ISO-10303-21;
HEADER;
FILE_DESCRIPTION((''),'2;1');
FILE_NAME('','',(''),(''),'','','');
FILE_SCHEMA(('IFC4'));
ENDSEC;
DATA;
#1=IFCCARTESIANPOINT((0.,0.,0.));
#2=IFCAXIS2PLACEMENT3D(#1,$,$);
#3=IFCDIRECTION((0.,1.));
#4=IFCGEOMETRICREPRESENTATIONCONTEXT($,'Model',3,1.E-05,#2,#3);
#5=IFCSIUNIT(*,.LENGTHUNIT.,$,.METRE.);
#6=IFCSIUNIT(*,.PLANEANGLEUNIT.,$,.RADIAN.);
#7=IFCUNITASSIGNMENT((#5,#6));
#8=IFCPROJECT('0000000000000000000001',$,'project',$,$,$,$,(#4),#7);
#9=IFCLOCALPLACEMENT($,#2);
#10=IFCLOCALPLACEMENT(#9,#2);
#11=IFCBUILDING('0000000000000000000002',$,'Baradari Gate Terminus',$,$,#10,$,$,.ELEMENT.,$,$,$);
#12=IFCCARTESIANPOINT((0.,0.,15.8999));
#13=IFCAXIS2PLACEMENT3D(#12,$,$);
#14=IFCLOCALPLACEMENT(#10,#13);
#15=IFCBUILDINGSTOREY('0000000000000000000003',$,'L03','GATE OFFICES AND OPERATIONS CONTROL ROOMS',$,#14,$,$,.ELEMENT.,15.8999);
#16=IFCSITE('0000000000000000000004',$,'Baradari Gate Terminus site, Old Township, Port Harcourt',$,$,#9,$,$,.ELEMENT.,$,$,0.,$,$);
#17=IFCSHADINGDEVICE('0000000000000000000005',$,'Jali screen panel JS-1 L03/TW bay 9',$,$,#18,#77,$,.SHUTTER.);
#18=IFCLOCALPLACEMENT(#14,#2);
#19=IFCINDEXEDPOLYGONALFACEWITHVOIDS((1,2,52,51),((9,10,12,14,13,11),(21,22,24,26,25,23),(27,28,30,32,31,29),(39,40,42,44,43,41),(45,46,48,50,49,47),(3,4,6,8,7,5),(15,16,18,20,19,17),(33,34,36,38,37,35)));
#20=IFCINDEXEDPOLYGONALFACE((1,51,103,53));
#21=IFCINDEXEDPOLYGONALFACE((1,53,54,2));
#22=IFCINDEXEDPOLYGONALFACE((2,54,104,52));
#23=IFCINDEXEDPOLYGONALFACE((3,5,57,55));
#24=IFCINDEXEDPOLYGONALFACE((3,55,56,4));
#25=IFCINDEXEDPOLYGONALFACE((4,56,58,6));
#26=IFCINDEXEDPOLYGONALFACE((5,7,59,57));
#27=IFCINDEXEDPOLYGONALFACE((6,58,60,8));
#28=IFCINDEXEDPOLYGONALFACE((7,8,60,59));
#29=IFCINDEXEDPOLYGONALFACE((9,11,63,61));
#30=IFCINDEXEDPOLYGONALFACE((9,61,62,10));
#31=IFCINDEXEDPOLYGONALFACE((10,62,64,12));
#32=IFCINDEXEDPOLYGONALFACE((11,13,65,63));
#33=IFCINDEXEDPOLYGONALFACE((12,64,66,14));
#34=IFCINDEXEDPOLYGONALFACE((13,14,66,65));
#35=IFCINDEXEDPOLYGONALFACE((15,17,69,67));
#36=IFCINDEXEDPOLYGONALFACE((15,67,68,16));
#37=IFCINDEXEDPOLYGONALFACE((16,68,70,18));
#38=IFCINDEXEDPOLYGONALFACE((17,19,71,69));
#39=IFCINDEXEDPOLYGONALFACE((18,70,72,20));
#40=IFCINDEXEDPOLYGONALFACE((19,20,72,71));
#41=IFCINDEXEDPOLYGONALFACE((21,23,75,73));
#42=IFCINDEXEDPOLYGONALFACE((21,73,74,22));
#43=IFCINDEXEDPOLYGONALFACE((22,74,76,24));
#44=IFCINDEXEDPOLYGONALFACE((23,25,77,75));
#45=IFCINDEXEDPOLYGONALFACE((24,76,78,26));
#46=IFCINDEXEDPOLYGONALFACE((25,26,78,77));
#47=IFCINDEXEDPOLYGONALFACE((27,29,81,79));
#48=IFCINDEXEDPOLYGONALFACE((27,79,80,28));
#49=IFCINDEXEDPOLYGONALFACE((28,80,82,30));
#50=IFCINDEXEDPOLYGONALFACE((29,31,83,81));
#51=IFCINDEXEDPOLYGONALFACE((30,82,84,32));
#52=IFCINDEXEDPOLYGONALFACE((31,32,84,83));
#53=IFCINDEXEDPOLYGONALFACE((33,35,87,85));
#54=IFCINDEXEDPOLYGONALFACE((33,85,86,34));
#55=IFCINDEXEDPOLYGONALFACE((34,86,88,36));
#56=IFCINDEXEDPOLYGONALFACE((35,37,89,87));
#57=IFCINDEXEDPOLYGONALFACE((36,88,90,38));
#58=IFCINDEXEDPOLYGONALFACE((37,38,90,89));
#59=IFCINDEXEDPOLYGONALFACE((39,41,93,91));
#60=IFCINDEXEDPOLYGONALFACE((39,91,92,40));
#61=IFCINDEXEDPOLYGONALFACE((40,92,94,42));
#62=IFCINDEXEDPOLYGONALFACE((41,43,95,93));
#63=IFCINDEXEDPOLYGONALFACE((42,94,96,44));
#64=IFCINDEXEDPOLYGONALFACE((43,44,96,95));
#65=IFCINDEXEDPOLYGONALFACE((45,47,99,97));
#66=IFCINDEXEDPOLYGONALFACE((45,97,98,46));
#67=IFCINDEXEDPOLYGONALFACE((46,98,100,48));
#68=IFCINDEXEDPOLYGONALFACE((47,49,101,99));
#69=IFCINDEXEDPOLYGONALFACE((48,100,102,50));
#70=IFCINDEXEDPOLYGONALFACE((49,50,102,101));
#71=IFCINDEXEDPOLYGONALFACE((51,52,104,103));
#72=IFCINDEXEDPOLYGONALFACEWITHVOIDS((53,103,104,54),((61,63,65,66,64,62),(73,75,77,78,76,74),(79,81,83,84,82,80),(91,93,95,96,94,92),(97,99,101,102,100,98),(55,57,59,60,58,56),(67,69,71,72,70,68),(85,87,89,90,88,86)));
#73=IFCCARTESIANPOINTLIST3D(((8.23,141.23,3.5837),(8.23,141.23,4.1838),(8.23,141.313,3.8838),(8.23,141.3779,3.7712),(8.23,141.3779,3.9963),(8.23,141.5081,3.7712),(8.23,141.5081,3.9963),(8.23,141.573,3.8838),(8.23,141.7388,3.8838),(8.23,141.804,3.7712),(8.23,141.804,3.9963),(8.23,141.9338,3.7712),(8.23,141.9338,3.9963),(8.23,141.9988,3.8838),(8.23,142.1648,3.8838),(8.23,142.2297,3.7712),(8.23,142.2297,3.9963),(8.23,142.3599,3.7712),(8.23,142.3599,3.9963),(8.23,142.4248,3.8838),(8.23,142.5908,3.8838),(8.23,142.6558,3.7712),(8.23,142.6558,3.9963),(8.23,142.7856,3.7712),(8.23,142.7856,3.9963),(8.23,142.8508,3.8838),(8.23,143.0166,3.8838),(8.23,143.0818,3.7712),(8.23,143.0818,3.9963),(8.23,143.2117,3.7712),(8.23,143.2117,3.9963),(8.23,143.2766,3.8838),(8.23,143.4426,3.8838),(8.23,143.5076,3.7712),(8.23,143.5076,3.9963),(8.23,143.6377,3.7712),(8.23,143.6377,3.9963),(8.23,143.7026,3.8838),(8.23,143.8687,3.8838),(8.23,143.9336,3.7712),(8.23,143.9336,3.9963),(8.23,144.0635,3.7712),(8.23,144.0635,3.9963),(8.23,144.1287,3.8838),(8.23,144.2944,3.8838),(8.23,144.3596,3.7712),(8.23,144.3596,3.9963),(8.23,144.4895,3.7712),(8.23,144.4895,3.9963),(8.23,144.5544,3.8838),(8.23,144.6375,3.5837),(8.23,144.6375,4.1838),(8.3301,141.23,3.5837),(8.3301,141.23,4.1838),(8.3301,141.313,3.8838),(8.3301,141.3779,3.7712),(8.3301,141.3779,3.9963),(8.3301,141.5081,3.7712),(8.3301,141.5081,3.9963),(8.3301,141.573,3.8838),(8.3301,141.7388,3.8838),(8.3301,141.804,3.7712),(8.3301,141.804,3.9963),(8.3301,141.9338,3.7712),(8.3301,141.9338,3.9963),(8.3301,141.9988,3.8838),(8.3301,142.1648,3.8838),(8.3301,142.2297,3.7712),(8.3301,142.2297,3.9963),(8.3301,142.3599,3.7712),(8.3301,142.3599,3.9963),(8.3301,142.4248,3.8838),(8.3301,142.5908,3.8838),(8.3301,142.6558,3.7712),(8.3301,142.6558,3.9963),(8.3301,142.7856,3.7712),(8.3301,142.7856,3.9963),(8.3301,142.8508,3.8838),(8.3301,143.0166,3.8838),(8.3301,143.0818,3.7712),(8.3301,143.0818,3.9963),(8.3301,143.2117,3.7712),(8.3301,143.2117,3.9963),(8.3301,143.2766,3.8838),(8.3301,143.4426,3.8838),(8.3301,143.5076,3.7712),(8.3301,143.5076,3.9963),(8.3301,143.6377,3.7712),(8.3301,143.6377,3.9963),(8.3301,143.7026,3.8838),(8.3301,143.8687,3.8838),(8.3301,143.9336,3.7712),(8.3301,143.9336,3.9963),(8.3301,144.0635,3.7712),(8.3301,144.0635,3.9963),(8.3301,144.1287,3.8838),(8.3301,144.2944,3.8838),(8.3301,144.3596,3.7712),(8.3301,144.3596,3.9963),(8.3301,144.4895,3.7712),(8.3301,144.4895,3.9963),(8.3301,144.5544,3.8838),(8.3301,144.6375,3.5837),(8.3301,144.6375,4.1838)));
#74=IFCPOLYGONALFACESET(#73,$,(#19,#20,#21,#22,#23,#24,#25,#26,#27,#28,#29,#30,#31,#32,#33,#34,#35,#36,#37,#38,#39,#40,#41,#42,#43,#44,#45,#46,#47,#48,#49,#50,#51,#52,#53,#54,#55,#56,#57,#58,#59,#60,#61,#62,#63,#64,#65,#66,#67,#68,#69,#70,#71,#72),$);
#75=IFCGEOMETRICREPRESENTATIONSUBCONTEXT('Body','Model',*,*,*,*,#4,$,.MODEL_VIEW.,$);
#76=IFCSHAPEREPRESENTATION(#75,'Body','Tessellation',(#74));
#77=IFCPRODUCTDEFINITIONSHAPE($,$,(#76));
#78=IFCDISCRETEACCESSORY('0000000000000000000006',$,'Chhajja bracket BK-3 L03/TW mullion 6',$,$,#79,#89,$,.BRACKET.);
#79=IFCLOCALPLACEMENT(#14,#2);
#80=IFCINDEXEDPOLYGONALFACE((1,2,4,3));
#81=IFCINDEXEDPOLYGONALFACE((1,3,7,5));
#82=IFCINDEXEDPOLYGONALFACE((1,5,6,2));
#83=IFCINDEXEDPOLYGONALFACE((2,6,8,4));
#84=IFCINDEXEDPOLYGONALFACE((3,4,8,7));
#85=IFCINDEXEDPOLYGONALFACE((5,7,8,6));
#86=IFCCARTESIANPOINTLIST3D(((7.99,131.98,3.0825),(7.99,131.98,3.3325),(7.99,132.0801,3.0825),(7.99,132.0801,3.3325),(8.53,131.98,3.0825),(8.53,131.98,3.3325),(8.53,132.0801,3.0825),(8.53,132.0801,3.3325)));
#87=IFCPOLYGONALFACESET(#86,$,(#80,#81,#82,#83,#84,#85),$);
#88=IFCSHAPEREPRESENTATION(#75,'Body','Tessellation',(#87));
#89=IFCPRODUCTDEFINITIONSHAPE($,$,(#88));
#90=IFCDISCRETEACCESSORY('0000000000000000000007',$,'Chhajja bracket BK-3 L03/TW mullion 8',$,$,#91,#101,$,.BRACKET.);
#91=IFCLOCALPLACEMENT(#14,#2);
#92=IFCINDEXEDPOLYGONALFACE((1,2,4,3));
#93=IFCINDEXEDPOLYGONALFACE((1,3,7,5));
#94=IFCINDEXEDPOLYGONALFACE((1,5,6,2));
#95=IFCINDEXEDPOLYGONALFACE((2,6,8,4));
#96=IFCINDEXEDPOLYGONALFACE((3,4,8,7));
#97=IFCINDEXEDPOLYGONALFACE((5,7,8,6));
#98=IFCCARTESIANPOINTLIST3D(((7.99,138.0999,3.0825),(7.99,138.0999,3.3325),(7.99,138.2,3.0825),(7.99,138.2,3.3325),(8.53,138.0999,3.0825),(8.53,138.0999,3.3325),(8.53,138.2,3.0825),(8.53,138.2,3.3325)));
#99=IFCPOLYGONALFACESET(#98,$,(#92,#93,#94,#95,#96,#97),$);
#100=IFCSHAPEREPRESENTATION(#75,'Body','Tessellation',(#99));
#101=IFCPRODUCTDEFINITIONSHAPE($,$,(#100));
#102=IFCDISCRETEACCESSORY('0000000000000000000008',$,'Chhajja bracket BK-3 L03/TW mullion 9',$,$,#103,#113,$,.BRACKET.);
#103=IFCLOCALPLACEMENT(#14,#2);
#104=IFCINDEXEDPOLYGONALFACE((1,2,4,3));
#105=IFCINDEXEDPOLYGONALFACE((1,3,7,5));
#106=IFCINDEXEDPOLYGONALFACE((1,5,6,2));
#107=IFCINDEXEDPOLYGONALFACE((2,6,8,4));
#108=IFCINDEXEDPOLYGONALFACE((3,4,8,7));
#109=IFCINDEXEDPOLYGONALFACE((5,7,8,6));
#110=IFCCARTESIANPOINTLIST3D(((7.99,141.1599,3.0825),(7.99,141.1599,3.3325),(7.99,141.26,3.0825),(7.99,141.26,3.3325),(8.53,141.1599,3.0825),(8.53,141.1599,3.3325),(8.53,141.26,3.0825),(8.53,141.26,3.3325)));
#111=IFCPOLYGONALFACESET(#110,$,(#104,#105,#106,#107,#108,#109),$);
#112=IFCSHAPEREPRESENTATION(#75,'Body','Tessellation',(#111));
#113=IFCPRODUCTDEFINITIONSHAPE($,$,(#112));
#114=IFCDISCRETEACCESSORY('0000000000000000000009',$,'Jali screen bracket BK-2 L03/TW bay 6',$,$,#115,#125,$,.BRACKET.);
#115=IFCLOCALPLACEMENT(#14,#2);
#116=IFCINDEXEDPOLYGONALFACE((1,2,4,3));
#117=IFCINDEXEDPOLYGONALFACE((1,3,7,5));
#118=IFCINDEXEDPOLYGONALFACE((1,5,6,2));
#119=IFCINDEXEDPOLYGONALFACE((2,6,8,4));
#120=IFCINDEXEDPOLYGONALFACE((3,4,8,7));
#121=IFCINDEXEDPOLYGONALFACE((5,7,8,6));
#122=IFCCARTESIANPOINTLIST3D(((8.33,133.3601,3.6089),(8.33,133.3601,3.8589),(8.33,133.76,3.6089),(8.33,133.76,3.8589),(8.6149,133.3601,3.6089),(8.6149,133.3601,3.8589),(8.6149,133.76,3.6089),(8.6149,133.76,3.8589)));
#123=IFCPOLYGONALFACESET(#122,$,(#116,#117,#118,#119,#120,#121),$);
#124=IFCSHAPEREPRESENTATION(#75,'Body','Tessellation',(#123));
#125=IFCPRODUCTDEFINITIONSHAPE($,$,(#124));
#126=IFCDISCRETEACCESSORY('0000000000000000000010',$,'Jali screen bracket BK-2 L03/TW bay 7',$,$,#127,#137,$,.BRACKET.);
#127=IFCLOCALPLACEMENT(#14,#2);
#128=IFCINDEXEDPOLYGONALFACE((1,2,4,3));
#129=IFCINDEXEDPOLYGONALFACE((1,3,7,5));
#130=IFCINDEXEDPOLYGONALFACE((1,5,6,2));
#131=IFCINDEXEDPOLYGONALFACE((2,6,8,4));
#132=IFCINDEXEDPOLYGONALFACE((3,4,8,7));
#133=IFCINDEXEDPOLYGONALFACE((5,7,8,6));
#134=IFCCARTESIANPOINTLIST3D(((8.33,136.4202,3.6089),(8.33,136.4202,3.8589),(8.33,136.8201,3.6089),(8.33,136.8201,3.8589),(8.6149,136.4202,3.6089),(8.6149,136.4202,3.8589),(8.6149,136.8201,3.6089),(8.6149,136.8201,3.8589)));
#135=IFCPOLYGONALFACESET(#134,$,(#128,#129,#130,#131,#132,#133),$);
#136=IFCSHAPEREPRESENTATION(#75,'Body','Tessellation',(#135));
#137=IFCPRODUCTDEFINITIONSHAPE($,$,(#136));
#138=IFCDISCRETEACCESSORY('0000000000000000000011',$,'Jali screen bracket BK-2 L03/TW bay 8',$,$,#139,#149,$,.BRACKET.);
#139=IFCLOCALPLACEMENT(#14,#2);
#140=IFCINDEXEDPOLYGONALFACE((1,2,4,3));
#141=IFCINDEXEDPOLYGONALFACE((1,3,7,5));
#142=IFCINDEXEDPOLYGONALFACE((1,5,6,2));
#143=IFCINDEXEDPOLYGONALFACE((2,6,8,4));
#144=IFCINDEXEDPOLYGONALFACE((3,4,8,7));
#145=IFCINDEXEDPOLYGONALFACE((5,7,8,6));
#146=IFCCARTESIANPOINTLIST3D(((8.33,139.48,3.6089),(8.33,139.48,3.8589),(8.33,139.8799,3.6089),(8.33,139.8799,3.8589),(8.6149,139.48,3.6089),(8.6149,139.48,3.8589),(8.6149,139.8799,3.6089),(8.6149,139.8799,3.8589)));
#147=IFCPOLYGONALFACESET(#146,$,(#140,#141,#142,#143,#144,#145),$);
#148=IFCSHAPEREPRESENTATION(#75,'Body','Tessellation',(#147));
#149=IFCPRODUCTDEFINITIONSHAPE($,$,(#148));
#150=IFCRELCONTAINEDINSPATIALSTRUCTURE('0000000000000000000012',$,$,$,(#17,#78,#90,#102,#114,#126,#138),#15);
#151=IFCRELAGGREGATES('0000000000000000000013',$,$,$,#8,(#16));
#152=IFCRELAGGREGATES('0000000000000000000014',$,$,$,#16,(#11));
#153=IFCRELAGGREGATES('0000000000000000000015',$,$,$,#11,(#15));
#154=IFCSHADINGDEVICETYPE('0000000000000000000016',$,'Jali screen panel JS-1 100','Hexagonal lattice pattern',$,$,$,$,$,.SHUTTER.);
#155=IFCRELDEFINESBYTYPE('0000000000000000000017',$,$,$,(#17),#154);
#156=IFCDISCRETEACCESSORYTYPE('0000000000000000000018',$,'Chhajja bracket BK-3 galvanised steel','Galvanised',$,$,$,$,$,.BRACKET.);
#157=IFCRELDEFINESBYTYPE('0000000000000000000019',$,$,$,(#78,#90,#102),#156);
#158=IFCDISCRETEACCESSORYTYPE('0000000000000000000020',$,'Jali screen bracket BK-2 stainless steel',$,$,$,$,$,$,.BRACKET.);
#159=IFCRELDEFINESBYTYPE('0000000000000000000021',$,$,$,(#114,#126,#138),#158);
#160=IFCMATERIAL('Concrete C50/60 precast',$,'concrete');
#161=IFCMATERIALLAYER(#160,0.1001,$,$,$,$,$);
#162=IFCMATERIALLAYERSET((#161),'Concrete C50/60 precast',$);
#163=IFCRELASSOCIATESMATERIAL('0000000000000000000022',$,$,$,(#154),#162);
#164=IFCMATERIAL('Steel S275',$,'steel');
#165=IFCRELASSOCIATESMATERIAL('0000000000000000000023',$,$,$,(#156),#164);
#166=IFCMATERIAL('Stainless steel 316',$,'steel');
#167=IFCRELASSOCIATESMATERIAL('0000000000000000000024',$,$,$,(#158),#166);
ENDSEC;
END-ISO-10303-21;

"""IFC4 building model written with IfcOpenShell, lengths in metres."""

from ifc_helpers import new_model, si_unit, direction, frame, origin, origin_2d, place, context, subcontext, project, spatial, polyline, rectangle, outline, extrude, material, layer, layer_set, type_object, element, save


model = new_model("IFC4")

# Units and contexts
model_context = context("Model", 3, precision=1e-05, world=origin(), true_north=direction((0.0, 1.0)))
body_context = subcontext(model_context, "Body", "Model", "MODEL_VIEW")
ifc_project = project(units=[si_unit("LENGTHUNIT", "METRE"), si_unit("PLANEANGLEUNIT", "RADIAN")], contexts=[model_context])

# Site, building, storey
site_placement = place(None, origin())
site = spatial("IfcSite", under=ifc_project, at=site_placement, Name="Baradari Gate Terminus site, Old Township, Port Harcourt", CompositionType="ELEMENT", RefElevation=0.0)
building_placement = place(site_placement, origin())
building = spatial("IfcBuilding", under=site, at=building_placement, Name="Baradari Gate Terminus", CompositionType="ELEMENT")
storey_placement = place(building_placement, frame((0.0, 0.0, 15.8999)))
storey = spatial("IfcBuildingStorey", under=building, at=storey_placement, Name="L03", Description="GATE OFFICES AND OPERATIONS CONTROL ROOMS", CompositionType="ELEMENT", Elevation=15.8999)

# Shading device
ifc_material_1 = material(Name="Concrete C50/60 precast", Category="concrete")
ifc_layer_1 = layer(ifc_material_1, 0.1001)
ifc_layer_set_1 = layer_set([ifc_layer_1], Name="Concrete C50/60 precast")
shading_device_type_1 = type_object("IfcShadingDeviceType", Name="Jali screen panel JS-1 100", Description="Hexagonal lattice pattern", PredefinedType="SHUTTER", material=ifc_layer_set_1)
shading_device_1_placement = place(storey_placement, frame((8.28, 141.23, 3.5837), z_axis=(0.0, 0.0, 1.0), x_axis=(0.0, 1.0, 0.0)))
element("IfcShadingDevice", 1, at=shading_device_1_placement, inside=storey, type_object=shading_device_type_1, Name="Jali screen panel JS-1 L03/TW bay 9", PredefinedType="SHUTTER", context=body_context, shape_type="SweptSolid", body=[
    extrude(outline(polyline([(0.0, 0.0), (3.4075, 0.0), (3.4075, 0.6001), (0.0, 0.6001), (0.0, 0.0)]), holes=[polyline([(0.343, 0.3), (0.2781, 0.1875), (0.1479, 0.1875), (0.083, 0.3), (0.1479, 0.4126), (0.2781, 0.4126), (0.343, 0.3)]), polyline([(0.7688, 0.3), (0.7039, 0.1875), (0.574, 0.1875), (0.5088, 0.3), (0.574, 0.4126), (0.7039, 0.4126), (0.7688, 0.3)]), polyline([(1.1948, 0.3), (1.1299, 0.1875), (0.9998, 0.1875), (0.9348, 0.3), (0.9998, 0.4126), (1.1299, 0.4126), (1.1948, 0.3)]), polyline([(1.6208, 0.3), (1.5557, 0.1875), (1.4258, 0.1875), (1.3608, 0.3), (1.4258, 0.4126), (1.5557, 0.4126), (1.6208, 0.3)]), polyline([(2.0466, 0.3), (1.9817, 0.1875), (1.8518, 0.1875), (1.7866, 0.3), (1.8518, 0.4126), (1.9817, 0.4126), (2.0466, 0.3)]), polyline([(2.4727, 0.3), (2.4077, 0.1875), (2.2776, 0.1875), (2.2126, 0.3), (2.2776, 0.4126), (2.4077, 0.4126), (2.4727, 0.3)]), polyline([(2.8987, 0.3), (2.8335, 0.1875), (2.7036, 0.1875), (2.6387, 0.3), (2.7036, 0.4126), (2.8335, 0.4126), (2.8987, 0.3)]), polyline([(3.3245, 0.3), (3.2595, 0.1875), (3.1296, 0.1875), (3.0645, 0.3), (3.1296, 0.4126), (3.2595, 0.4126), (3.3245, 0.3)])]), frame((0.0, 0.05, 0.0), z_axis=(0.0, -1.0, 0.0), x_axis=(1.0, 0.0, 0.0)), (0.0, 0.0, 1.0), 0.1001),
])

# Discrete accessories
ifc_material_2 = material(Name="Steel S275", Category="steel")
discrete_accessory_type_1 = type_object("IfcDiscreteAccessoryType", Name="Chhajja bracket BK-3 galvanised steel", Description="Galvanised", PredefinedType="BRACKET", material=ifc_material_2)
for number, where, z_axis, x_axis, name in (
    (2, (8.26, 132.03, 3.0825), (0.0, 0.0, 1.0), (-1.0, 0.0, 0.0), "Chhajja bracket BK-3 L03/TW mullion 6"),
    (3, (8.26, 138.1499, 3.0825), (0.0, 0.0, 1.0), (-1.0, 0.0, 0.0), "Chhajja bracket BK-3 L03/TW mullion 8"),
    (4, (8.26, 141.21, 3.0825), (0.0, 0.0, 1.0), (-1.0, 0.0, 0.0), "Chhajja bracket BK-3 L03/TW mullion 9"),
):
    element("IfcDiscreteAccessory", number, at=place(storey_placement, frame(where, z_axis=z_axis, x_axis=x_axis)), inside=storey, type_object=discrete_accessory_type_1, Name=name, PredefinedType="BRACKET", context=body_context, shape_type="SweptSolid", body=[
        extrude(rectangle(XDim=0.54, YDim=0.1001, at=origin_2d()), origin(), (0.0, 0.0, 1.0), 0.25),
    ])
ifc_material_3 = material(Name="Stainless steel 316", Category="steel")
discrete_accessory_type_2 = type_object("IfcDiscreteAccessoryType", Name="Jali screen bracket BK-2 stainless steel", PredefinedType="BRACKET", material=ifc_material_3)
for number, where, z_axis, x_axis, name in (
    (5, (8.4724, 133.5601, 3.6089), (0.0, 0.0, 1.0), (-1.0, 0.0, 0.0), "Jali screen bracket BK-2 L03/TW bay 6"),
    (6, (8.4724, 136.6201, 3.6089), (0.0, 0.0, 1.0), (-1.0, 0.0, 0.0), "Jali screen bracket BK-2 L03/TW bay 7"),
    (7, (8.4724, 139.6799, 3.6089), (0.0, 0.0, 1.0), (-1.0, 0.0, 0.0), "Jali screen bracket BK-2 L03/TW bay 8"),
):
    element("IfcDiscreteAccessory", number, at=place(storey_placement, frame(where, z_axis=z_axis, x_axis=x_axis)), inside=storey, type_object=discrete_accessory_type_2, Name=name, PredefinedType="BRACKET", context=body_context, shape_type="SweptSolid", body=[
        extrude(rectangle(XDim=0.2849, YDim=0.3999, at=origin_2d()), origin(), (0.0, 0.0, 1.0), 0.25),
    ])

save(model, "model.ifc")
